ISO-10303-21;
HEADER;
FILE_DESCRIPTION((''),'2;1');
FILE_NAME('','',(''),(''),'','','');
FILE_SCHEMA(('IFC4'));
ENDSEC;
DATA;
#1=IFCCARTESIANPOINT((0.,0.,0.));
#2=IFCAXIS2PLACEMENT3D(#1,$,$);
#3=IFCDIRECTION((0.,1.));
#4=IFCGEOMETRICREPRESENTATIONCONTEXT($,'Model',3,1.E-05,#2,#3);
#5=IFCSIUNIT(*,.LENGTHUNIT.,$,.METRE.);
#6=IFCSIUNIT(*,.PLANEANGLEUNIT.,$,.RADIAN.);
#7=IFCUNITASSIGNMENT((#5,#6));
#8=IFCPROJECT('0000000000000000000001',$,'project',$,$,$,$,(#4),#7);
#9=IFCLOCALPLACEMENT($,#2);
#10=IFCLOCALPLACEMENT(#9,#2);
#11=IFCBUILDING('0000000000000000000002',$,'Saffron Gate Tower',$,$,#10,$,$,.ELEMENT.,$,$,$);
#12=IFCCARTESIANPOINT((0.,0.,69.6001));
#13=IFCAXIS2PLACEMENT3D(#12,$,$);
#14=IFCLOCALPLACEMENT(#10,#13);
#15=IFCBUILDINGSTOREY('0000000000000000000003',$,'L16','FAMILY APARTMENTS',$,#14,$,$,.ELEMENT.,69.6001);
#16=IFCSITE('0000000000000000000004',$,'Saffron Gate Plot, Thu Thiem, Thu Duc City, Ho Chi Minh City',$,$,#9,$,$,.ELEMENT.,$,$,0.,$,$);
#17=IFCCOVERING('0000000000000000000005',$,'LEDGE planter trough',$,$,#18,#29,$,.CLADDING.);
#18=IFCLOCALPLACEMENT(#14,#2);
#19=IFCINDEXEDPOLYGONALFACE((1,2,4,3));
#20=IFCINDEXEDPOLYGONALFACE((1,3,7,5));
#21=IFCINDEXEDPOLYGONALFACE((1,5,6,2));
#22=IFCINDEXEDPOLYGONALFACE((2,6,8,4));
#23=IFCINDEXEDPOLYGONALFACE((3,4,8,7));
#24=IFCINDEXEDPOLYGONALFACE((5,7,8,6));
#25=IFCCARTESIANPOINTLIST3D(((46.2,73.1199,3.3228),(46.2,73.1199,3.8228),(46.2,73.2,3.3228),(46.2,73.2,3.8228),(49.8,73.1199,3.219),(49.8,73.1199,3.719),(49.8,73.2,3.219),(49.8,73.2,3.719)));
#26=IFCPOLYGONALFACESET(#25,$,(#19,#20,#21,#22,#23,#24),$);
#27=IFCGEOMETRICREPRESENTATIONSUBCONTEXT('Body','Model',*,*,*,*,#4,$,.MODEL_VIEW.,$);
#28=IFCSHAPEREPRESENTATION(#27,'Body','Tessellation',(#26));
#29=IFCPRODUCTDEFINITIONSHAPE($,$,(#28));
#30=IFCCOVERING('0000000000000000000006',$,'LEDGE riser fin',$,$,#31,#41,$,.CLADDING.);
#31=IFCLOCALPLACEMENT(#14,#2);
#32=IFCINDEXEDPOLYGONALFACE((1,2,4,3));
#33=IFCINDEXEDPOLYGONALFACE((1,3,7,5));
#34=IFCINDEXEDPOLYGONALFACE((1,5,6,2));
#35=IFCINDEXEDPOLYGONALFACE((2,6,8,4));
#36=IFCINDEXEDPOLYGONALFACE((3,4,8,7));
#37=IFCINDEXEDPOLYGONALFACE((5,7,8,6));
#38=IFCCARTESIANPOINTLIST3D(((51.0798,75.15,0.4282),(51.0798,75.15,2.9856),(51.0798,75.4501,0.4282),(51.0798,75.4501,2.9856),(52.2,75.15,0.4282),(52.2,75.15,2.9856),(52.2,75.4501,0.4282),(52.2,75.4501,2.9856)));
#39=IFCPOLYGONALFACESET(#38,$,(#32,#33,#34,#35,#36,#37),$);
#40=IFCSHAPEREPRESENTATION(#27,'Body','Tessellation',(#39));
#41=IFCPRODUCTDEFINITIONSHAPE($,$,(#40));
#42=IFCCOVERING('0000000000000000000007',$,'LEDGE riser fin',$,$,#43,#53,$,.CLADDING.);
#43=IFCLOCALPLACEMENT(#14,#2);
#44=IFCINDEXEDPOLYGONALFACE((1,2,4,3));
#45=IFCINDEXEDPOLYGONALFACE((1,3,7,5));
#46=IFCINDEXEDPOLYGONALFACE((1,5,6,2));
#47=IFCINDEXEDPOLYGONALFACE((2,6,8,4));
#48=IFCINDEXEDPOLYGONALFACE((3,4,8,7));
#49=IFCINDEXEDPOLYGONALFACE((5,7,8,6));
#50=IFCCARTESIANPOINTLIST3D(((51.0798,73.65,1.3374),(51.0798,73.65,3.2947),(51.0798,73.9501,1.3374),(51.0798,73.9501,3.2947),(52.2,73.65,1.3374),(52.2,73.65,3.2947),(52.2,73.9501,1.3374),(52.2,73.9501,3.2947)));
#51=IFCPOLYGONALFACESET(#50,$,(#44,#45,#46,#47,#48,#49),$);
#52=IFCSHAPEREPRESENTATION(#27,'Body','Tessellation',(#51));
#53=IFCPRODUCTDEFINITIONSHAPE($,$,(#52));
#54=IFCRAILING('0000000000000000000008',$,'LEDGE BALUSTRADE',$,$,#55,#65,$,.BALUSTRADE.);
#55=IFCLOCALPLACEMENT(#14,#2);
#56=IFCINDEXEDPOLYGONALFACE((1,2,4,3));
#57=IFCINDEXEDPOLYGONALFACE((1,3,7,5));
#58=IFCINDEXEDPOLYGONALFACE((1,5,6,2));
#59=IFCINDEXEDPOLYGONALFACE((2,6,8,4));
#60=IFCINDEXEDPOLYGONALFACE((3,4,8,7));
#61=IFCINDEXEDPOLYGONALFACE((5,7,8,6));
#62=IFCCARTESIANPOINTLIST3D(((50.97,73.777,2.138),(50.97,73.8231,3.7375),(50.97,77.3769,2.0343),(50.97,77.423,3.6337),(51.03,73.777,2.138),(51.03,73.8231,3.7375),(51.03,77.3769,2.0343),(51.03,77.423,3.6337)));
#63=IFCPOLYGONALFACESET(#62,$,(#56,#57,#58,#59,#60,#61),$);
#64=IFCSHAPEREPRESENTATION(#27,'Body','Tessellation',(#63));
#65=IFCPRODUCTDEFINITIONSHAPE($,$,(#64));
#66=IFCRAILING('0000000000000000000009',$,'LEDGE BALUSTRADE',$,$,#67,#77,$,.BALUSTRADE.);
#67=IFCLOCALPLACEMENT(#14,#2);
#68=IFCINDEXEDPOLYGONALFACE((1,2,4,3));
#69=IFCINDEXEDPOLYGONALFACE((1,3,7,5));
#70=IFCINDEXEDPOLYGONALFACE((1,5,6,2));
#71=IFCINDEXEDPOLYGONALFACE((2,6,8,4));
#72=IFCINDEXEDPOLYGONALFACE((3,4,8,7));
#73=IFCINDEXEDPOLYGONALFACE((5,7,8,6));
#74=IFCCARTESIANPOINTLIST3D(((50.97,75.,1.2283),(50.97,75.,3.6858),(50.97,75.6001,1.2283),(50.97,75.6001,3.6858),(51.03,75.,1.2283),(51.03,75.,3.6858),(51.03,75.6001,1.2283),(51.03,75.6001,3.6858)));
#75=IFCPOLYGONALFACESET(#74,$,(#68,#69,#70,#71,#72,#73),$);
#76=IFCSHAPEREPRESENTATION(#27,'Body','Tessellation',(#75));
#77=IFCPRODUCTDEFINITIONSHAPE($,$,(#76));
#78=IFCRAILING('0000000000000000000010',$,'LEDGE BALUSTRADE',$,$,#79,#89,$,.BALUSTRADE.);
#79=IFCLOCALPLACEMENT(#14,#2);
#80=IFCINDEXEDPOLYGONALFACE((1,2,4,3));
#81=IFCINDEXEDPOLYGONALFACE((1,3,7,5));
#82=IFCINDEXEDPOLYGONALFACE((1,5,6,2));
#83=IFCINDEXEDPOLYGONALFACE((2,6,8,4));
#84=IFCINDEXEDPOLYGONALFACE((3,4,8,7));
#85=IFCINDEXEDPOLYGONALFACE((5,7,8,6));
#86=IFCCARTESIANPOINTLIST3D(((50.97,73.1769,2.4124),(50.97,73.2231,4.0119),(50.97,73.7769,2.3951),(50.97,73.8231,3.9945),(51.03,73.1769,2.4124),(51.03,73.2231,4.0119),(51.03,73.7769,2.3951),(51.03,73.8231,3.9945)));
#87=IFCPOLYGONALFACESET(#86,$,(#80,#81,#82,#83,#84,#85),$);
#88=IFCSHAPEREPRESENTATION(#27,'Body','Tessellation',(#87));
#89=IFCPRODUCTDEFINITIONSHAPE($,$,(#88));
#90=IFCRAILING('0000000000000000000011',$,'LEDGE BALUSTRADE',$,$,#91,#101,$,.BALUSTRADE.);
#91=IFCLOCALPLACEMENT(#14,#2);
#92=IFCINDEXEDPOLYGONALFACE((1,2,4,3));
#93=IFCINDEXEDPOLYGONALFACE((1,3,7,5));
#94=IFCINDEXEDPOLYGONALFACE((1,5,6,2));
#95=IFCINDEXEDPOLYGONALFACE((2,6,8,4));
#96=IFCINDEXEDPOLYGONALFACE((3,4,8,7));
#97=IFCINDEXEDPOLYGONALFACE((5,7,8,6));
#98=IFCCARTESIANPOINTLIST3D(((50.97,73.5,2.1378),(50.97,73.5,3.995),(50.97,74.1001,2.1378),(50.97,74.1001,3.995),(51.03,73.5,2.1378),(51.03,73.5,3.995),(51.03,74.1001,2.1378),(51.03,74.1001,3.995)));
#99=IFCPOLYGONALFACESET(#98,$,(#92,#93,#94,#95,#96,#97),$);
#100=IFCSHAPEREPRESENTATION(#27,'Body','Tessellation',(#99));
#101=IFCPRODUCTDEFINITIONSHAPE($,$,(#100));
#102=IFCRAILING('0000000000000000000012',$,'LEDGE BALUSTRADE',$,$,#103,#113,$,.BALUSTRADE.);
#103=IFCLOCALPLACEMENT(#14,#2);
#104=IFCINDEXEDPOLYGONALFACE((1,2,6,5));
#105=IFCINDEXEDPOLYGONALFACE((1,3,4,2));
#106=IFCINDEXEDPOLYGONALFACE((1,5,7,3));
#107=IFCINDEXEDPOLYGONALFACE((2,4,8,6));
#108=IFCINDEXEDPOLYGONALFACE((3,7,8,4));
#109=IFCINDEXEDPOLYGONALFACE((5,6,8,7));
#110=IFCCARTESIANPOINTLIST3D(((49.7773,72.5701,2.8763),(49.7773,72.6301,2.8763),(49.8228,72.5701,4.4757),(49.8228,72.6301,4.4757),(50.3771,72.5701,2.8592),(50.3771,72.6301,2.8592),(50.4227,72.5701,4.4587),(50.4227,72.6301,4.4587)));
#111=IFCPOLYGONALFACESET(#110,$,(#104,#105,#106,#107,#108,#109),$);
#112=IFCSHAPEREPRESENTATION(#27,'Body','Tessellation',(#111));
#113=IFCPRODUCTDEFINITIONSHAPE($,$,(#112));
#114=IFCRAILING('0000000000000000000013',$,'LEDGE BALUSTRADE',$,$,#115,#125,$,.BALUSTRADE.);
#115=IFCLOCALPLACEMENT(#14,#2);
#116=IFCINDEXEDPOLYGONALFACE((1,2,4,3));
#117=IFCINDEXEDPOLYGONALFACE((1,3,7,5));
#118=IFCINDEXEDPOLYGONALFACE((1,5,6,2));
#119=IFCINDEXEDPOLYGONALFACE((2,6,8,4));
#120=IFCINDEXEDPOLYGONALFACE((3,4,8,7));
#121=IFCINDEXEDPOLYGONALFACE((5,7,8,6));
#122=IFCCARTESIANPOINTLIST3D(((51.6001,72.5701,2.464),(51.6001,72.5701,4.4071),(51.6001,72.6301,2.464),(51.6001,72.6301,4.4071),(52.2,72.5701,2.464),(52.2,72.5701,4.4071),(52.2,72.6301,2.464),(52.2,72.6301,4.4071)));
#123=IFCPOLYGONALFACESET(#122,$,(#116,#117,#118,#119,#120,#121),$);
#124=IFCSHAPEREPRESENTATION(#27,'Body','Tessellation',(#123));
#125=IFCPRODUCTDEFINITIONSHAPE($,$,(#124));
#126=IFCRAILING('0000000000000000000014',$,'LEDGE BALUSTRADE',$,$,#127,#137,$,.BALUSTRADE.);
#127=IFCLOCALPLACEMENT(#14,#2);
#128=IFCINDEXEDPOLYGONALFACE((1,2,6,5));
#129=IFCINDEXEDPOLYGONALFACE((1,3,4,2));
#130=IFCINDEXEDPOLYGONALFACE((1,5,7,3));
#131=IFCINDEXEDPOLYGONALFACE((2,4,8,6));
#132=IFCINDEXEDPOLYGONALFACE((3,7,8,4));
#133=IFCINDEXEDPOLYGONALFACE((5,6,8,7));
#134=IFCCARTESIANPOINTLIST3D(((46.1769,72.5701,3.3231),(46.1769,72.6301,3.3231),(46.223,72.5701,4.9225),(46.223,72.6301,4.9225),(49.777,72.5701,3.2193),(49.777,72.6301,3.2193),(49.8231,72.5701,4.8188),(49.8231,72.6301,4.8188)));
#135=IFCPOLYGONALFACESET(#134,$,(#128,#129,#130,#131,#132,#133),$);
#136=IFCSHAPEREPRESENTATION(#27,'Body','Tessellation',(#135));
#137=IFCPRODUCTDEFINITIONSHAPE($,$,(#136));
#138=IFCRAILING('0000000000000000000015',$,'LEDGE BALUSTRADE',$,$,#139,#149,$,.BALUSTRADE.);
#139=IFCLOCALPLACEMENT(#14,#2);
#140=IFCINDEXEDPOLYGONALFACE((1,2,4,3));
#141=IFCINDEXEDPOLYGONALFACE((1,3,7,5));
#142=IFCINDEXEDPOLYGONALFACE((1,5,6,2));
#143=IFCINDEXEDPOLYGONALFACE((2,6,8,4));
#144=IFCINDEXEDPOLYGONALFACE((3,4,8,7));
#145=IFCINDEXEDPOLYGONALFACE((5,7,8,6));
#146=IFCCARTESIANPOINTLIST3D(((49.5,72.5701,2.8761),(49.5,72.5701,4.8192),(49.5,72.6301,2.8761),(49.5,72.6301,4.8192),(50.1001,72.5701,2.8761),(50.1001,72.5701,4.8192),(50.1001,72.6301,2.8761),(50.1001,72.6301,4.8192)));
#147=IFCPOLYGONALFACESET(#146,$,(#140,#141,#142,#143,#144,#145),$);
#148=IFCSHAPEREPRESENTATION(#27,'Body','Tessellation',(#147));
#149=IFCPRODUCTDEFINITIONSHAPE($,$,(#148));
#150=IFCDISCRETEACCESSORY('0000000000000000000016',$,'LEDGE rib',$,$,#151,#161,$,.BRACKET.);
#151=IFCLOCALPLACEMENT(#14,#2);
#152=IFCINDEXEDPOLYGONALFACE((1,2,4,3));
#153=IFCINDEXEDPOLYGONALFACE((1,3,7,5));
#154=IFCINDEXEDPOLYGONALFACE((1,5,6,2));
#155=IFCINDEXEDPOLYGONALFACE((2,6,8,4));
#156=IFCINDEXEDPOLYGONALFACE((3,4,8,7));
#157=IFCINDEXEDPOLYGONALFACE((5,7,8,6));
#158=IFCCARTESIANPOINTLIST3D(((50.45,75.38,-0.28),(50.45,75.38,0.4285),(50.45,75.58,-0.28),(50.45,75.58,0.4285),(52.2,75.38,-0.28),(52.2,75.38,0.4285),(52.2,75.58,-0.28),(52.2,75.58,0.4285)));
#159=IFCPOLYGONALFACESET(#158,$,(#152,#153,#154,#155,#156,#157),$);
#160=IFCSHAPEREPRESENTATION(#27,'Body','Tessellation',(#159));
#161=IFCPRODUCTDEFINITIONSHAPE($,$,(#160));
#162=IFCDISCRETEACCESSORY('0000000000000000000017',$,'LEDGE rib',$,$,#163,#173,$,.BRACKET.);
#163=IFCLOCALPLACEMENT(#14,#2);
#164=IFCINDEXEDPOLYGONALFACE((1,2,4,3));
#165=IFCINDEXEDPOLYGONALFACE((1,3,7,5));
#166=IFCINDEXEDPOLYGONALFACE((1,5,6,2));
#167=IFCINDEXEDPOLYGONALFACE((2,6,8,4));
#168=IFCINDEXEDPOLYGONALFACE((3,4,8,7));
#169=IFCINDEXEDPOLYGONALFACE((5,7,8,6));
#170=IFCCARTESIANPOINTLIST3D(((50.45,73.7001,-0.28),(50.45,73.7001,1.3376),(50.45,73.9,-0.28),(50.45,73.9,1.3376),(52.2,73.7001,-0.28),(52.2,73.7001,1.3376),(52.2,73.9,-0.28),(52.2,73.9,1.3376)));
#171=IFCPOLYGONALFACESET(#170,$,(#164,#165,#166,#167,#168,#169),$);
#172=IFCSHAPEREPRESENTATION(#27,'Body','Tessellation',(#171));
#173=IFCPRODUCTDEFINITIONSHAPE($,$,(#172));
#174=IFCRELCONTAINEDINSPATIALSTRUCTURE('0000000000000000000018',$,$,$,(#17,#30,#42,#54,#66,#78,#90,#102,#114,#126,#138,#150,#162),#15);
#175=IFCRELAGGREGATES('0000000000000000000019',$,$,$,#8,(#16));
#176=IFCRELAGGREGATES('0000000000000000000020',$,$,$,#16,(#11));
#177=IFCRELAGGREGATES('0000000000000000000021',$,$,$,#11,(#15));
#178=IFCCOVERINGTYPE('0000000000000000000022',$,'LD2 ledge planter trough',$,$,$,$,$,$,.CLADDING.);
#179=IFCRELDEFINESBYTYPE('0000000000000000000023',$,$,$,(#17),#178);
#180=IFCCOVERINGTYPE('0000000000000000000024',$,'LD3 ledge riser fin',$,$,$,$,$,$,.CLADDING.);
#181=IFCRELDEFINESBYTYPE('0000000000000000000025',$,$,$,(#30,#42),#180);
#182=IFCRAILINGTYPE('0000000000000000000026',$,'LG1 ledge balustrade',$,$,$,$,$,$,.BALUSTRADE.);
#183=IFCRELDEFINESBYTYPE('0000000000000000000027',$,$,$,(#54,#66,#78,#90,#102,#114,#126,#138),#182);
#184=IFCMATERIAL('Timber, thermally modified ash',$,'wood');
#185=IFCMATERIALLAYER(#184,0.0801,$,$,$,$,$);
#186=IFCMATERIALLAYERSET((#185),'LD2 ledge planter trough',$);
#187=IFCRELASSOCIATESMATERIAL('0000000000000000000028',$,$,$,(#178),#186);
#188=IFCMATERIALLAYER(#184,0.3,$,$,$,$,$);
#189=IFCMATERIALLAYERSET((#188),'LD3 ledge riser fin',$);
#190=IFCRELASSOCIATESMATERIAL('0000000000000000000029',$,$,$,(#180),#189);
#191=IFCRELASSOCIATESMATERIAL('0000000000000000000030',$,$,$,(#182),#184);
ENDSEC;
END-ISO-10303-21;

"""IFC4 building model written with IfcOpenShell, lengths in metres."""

from ifc_helpers import new_model, si_unit, direction, frame, origin, origin_2d, place, context, subcontext, project, spatial, polyline, rectangle, outline, extrude, material, layer, layer_set, type_object, element, save


model = new_model("IFC4")

# Units and contexts
model_context = context("Model", 3, precision=1e-05, world=origin(), true_north=direction((0.0, 1.0)))
body_context = subcontext(model_context, "Body", "Model", "MODEL_VIEW")
ifc_project = project(units=[si_unit("LENGTHUNIT", "METRE"), si_unit("PLANEANGLEUNIT", "RADIAN")], contexts=[model_context])

# Site, building, storey
site_placement = place(None, origin())
site = spatial("IfcSite", under=ifc_project, at=site_placement, Name="Saffron Gate Plot, Thu Thiem, Thu Duc City, Ho Chi Minh City", CompositionType="ELEMENT", RefElevation=0.0)
building_placement = place(site_placement, origin())
building = spatial("IfcBuilding", under=site, at=building_placement, Name="Saffron Gate Tower", CompositionType="ELEMENT")
storey_placement = place(building_placement, frame((0.0, 0.0, 69.6001)))
storey = spatial("IfcBuildingStorey", under=building, at=storey_placement, Name="L16", Description="FAMILY APARTMENTS", CompositionType="ELEMENT", Elevation=69.6001)

# Coverings
ifc_material_1 = material(Name="Timber, thermally modified ash", Category="wood")
ifc_layer_1 = layer(ifc_material_1, 0.0801)
ifc_layer_set_1 = layer_set([ifc_layer_1], Name="LD2 ledge planter trough")
covering_type_1 = type_object("IfcCoveringType", Name="LD2 ledge planter trough", PredefinedType="CLADDING", material=ifc_layer_set_1)
covering_1_placement = place(storey_placement, frame((49.8, 73.2, 3.219), z_axis=(0.0, 1.0, 0.0), x_axis=(-0.999585, 0.0, 0.028809)))
element("IfcCovering", 1, at=covering_1_placement, inside=storey, type_object=covering_type_1, Name="LEDGE planter trough", PredefinedType="CLADDING", context=body_context, shape_type="SweptSolid", body=[
    extrude(outline(polyline([(0.0, 0.0), (3.6016, 0.0), (3.616, 0.4998), (0.0144, 0.4998), (0.0, 0.0)])), origin(), (0.0, 0.0, -1.0), 0.0801),
])
ifc_layer_2 = layer(ifc_material_1, 0.3)
ifc_layer_set_2 = layer_set([ifc_layer_2], Name="LD3 ledge riser fin")
covering_type_2 = type_object("IfcCoveringType", Name="LD3 ledge riser fin", PredefinedType="CLADDING", material=ifc_layer_set_2)
covering_2_placement = place(storey_placement, frame((51.6399, 75.3, 0.4282), z_axis=(0.0, 0.0, 1.0), x_axis=(0.0, -1.0, 0.0)))
element("IfcCovering", 2, at=covering_2_placement, inside=storey, type_object=covering_type_2, Name="LEDGE riser fin", PredefinedType="CLADDING", context=body_context, shape_type="SweptSolid", body=[
    extrude(rectangle(XDim=0.3, YDim=1.1201, at=origin_2d()), origin(), (0.0, 0.0, 1.0), 2.5574),
])
covering_3_placement = place(storey_placement, frame((51.6399, 73.8, 1.3374), z_axis=(0.0, 0.0, 1.0), x_axis=(0.0, -1.0, 0.0)))
element("IfcCovering", 3, at=covering_3_placement, inside=storey, type_object=covering_type_2, Name="LEDGE riser fin", PredefinedType="CLADDING", context=body_context, shape_type="SweptSolid", body=[
    extrude(rectangle(XDim=0.3, YDim=1.1201, at=origin_2d()), origin(), (0.0, 0.0, 1.0), 1.9573),
])

# Railings
railing_type = type_object("IfcRailingType", Name="LG1 ledge balustrade", PredefinedType="BALUSTRADE", material=ifc_material_1)
railing_1_placement = place(storey_placement, frame((51.0, 77.3999, 2.0339)))
element("IfcRailing", 4, at=railing_1_placement, inside=storey, type_object=railing_type, Name="LEDGE BALUSTRADE", PredefinedType="BALUSTRADE", context=body_context, shape_type="SweptSolid", body=[
    extrude(rectangle(XDim=0.0601, YDim=1.6001, at=origin_2d()), frame((0.0, 0.0, 0.8), z_axis=(0.0, -0.999585, 0.028811), x_axis=(1.0, 0.0, 0.0)), (0.0, 0.0, 1.0), 3.6013),
])
railing_2_placement = place(storey_placement, frame((51.0, 75.6001, 1.2283)))
element("IfcRailing", 5, at=railing_2_placement, inside=storey, type_object=railing_type, Name="LEDGE BALUSTRADE", PredefinedType="BALUSTRADE", context=body_context, shape_type="SweptSolid", body=[
    extrude(rectangle(XDim=0.0601, YDim=2.4575, at=origin_2d()), frame((0.0, 0.0, 1.2288), z_axis=(0.0, -1.0, 0.0), x_axis=(1.0, 0.0, 0.0)), (0.0, 0.0, 1.0), 0.6001),
])
railing_3_placement = place(storey_placement, frame((51.0, 73.8, 2.3948)))
element("IfcRailing", 6, at=railing_3_placement, inside=storey, type_object=railing_type, Name="LEDGE BALUSTRADE", PredefinedType="BALUSTRADE", context=body_context, shape_type="SweptSolid", body=[
    extrude(rectangle(XDim=0.0601, YDim=1.6001, at=origin_2d()), frame((0.0, 0.0, 0.8), z_axis=(0.0, -0.999583, 0.028873), x_axis=(1.0, 0.0, 0.0)), (0.0, 0.0, 1.0), 0.6003),
])
railing_4_placement = place(storey_placement, frame((51.0, 74.1001, 2.1377)))
element("IfcRailing", 7, at=railing_4_placement, inside=storey, type_object=railing_type, Name="LEDGE BALUSTRADE", PredefinedType="BALUSTRADE", context=body_context, shape_type="SweptSolid", body=[
    extrude(rectangle(XDim=0.0601, YDim=1.8572, at=origin_2d()), frame((0.0, 0.0, 0.9287), z_axis=(0.0, -1.0, 0.0), x_axis=(1.0, 0.0, 0.0)), (0.0, 0.0, 1.0), 0.6001),
])
railing_5_placement = place(storey_placement, frame((50.3999, 72.6001, 2.8589)))
element("IfcRailing", 8, at=railing_5_placement, inside=storey, type_object=railing_type, Name="LEDGE BALUSTRADE", PredefinedType="BALUSTRADE", context=body_context, shape_type="SweptSolid", body=[
    extrude(rectangle(XDim=0.0601, YDim=1.6001, at=origin_2d()), frame((0.0, 0.0, 0.8), z_axis=(-0.999594, 0.0, 0.028478), x_axis=(0.0, -1.0, 0.0)), (0.0, 0.0, 1.0), 0.6001),
])
railing_6_placement = place(storey_placement, frame((52.2, 72.6001, 2.4639)))
element("IfcRailing", 9, at=railing_6_placement, inside=storey, type_object=railing_type, Name="LEDGE BALUSTRADE", PredefinedType="BALUSTRADE", context=body_context, shape_type="SweptSolid", body=[
    extrude(rectangle(XDim=0.0601, YDim=1.9431, at=origin_2d()), frame((0.0, 0.0, 0.9717), z_axis=(-1.0, 0.0, 0.0), x_axis=(0.0, -1.0, 0.0)), (0.0, 0.0, 1.0), 0.5999),
])
railing_7_placement = place(storey_placement, frame((49.8, 72.6001, 3.219)))
element("IfcRailing", 10, at=railing_7_placement, inside=storey, type_object=railing_type, Name="LEDGE BALUSTRADE", PredefinedType="BALUSTRADE", context=body_context, shape_type="SweptSolid", body=[
    extrude(rectangle(XDim=0.0601, YDim=1.6001, at=origin_2d()), frame((0.0, 0.0, 0.8), z_axis=(-0.999585, 0.0, 0.028809), x_axis=(0.0, -1.0, 0.0)), (0.0, 0.0, 1.0), 3.6016),
])
railing_8_placement = place(storey_placement, frame((50.1001, 72.6001, 2.876)))
element("IfcRailing", 11, at=railing_8_placement, inside=storey, type_object=railing_type, Name="LEDGE BALUSTRADE", PredefinedType="BALUSTRADE", context=body_context, shape_type="SweptSolid", body=[
    extrude(rectangle(XDim=0.0601, YDim=1.9431, at=origin_2d()), frame((0.0, 0.0, 0.9717), z_axis=(-1.0, 0.0, 0.0), x_axis=(0.0, -1.0, 0.0)), (0.0, 0.0, 1.0), 0.6001),
])

# Discrete accessories
discrete_accessory_1_placement = place(storey_placement, frame((51.325, 75.48, -0.28), z_axis=(0.0, 0.0, 1.0), x_axis=(0.0, -1.0, 0.0)))
element("IfcDiscreteAccessory", 12, at=discrete_accessory_1_placement, inside=storey, Name="LEDGE rib", PredefinedType="BRACKET", context=body_context, shape_type="SweptSolid", body=[
    extrude(rectangle(XDim=0.2, YDim=1.75, at=origin_2d()), origin(), (0.0, 0.0, 1.0), 0.7085),
])
discrete_accessory_2_placement = place(storey_placement, frame((51.325, 73.8, -0.28), z_axis=(0.0, 0.0, 1.0), x_axis=(0.0, -1.0, 0.0)))
element("IfcDiscreteAccessory", 13, at=discrete_accessory_2_placement, inside=storey, Name="LEDGE rib", PredefinedType="BRACKET", context=body_context, shape_type="SweptSolid", body=[
    extrude(rectangle(XDim=0.2, YDim=1.75, at=origin_2d()), origin(), (0.0, 0.0, 1.0), 1.6177),
])

save(model, "model.ifc")
